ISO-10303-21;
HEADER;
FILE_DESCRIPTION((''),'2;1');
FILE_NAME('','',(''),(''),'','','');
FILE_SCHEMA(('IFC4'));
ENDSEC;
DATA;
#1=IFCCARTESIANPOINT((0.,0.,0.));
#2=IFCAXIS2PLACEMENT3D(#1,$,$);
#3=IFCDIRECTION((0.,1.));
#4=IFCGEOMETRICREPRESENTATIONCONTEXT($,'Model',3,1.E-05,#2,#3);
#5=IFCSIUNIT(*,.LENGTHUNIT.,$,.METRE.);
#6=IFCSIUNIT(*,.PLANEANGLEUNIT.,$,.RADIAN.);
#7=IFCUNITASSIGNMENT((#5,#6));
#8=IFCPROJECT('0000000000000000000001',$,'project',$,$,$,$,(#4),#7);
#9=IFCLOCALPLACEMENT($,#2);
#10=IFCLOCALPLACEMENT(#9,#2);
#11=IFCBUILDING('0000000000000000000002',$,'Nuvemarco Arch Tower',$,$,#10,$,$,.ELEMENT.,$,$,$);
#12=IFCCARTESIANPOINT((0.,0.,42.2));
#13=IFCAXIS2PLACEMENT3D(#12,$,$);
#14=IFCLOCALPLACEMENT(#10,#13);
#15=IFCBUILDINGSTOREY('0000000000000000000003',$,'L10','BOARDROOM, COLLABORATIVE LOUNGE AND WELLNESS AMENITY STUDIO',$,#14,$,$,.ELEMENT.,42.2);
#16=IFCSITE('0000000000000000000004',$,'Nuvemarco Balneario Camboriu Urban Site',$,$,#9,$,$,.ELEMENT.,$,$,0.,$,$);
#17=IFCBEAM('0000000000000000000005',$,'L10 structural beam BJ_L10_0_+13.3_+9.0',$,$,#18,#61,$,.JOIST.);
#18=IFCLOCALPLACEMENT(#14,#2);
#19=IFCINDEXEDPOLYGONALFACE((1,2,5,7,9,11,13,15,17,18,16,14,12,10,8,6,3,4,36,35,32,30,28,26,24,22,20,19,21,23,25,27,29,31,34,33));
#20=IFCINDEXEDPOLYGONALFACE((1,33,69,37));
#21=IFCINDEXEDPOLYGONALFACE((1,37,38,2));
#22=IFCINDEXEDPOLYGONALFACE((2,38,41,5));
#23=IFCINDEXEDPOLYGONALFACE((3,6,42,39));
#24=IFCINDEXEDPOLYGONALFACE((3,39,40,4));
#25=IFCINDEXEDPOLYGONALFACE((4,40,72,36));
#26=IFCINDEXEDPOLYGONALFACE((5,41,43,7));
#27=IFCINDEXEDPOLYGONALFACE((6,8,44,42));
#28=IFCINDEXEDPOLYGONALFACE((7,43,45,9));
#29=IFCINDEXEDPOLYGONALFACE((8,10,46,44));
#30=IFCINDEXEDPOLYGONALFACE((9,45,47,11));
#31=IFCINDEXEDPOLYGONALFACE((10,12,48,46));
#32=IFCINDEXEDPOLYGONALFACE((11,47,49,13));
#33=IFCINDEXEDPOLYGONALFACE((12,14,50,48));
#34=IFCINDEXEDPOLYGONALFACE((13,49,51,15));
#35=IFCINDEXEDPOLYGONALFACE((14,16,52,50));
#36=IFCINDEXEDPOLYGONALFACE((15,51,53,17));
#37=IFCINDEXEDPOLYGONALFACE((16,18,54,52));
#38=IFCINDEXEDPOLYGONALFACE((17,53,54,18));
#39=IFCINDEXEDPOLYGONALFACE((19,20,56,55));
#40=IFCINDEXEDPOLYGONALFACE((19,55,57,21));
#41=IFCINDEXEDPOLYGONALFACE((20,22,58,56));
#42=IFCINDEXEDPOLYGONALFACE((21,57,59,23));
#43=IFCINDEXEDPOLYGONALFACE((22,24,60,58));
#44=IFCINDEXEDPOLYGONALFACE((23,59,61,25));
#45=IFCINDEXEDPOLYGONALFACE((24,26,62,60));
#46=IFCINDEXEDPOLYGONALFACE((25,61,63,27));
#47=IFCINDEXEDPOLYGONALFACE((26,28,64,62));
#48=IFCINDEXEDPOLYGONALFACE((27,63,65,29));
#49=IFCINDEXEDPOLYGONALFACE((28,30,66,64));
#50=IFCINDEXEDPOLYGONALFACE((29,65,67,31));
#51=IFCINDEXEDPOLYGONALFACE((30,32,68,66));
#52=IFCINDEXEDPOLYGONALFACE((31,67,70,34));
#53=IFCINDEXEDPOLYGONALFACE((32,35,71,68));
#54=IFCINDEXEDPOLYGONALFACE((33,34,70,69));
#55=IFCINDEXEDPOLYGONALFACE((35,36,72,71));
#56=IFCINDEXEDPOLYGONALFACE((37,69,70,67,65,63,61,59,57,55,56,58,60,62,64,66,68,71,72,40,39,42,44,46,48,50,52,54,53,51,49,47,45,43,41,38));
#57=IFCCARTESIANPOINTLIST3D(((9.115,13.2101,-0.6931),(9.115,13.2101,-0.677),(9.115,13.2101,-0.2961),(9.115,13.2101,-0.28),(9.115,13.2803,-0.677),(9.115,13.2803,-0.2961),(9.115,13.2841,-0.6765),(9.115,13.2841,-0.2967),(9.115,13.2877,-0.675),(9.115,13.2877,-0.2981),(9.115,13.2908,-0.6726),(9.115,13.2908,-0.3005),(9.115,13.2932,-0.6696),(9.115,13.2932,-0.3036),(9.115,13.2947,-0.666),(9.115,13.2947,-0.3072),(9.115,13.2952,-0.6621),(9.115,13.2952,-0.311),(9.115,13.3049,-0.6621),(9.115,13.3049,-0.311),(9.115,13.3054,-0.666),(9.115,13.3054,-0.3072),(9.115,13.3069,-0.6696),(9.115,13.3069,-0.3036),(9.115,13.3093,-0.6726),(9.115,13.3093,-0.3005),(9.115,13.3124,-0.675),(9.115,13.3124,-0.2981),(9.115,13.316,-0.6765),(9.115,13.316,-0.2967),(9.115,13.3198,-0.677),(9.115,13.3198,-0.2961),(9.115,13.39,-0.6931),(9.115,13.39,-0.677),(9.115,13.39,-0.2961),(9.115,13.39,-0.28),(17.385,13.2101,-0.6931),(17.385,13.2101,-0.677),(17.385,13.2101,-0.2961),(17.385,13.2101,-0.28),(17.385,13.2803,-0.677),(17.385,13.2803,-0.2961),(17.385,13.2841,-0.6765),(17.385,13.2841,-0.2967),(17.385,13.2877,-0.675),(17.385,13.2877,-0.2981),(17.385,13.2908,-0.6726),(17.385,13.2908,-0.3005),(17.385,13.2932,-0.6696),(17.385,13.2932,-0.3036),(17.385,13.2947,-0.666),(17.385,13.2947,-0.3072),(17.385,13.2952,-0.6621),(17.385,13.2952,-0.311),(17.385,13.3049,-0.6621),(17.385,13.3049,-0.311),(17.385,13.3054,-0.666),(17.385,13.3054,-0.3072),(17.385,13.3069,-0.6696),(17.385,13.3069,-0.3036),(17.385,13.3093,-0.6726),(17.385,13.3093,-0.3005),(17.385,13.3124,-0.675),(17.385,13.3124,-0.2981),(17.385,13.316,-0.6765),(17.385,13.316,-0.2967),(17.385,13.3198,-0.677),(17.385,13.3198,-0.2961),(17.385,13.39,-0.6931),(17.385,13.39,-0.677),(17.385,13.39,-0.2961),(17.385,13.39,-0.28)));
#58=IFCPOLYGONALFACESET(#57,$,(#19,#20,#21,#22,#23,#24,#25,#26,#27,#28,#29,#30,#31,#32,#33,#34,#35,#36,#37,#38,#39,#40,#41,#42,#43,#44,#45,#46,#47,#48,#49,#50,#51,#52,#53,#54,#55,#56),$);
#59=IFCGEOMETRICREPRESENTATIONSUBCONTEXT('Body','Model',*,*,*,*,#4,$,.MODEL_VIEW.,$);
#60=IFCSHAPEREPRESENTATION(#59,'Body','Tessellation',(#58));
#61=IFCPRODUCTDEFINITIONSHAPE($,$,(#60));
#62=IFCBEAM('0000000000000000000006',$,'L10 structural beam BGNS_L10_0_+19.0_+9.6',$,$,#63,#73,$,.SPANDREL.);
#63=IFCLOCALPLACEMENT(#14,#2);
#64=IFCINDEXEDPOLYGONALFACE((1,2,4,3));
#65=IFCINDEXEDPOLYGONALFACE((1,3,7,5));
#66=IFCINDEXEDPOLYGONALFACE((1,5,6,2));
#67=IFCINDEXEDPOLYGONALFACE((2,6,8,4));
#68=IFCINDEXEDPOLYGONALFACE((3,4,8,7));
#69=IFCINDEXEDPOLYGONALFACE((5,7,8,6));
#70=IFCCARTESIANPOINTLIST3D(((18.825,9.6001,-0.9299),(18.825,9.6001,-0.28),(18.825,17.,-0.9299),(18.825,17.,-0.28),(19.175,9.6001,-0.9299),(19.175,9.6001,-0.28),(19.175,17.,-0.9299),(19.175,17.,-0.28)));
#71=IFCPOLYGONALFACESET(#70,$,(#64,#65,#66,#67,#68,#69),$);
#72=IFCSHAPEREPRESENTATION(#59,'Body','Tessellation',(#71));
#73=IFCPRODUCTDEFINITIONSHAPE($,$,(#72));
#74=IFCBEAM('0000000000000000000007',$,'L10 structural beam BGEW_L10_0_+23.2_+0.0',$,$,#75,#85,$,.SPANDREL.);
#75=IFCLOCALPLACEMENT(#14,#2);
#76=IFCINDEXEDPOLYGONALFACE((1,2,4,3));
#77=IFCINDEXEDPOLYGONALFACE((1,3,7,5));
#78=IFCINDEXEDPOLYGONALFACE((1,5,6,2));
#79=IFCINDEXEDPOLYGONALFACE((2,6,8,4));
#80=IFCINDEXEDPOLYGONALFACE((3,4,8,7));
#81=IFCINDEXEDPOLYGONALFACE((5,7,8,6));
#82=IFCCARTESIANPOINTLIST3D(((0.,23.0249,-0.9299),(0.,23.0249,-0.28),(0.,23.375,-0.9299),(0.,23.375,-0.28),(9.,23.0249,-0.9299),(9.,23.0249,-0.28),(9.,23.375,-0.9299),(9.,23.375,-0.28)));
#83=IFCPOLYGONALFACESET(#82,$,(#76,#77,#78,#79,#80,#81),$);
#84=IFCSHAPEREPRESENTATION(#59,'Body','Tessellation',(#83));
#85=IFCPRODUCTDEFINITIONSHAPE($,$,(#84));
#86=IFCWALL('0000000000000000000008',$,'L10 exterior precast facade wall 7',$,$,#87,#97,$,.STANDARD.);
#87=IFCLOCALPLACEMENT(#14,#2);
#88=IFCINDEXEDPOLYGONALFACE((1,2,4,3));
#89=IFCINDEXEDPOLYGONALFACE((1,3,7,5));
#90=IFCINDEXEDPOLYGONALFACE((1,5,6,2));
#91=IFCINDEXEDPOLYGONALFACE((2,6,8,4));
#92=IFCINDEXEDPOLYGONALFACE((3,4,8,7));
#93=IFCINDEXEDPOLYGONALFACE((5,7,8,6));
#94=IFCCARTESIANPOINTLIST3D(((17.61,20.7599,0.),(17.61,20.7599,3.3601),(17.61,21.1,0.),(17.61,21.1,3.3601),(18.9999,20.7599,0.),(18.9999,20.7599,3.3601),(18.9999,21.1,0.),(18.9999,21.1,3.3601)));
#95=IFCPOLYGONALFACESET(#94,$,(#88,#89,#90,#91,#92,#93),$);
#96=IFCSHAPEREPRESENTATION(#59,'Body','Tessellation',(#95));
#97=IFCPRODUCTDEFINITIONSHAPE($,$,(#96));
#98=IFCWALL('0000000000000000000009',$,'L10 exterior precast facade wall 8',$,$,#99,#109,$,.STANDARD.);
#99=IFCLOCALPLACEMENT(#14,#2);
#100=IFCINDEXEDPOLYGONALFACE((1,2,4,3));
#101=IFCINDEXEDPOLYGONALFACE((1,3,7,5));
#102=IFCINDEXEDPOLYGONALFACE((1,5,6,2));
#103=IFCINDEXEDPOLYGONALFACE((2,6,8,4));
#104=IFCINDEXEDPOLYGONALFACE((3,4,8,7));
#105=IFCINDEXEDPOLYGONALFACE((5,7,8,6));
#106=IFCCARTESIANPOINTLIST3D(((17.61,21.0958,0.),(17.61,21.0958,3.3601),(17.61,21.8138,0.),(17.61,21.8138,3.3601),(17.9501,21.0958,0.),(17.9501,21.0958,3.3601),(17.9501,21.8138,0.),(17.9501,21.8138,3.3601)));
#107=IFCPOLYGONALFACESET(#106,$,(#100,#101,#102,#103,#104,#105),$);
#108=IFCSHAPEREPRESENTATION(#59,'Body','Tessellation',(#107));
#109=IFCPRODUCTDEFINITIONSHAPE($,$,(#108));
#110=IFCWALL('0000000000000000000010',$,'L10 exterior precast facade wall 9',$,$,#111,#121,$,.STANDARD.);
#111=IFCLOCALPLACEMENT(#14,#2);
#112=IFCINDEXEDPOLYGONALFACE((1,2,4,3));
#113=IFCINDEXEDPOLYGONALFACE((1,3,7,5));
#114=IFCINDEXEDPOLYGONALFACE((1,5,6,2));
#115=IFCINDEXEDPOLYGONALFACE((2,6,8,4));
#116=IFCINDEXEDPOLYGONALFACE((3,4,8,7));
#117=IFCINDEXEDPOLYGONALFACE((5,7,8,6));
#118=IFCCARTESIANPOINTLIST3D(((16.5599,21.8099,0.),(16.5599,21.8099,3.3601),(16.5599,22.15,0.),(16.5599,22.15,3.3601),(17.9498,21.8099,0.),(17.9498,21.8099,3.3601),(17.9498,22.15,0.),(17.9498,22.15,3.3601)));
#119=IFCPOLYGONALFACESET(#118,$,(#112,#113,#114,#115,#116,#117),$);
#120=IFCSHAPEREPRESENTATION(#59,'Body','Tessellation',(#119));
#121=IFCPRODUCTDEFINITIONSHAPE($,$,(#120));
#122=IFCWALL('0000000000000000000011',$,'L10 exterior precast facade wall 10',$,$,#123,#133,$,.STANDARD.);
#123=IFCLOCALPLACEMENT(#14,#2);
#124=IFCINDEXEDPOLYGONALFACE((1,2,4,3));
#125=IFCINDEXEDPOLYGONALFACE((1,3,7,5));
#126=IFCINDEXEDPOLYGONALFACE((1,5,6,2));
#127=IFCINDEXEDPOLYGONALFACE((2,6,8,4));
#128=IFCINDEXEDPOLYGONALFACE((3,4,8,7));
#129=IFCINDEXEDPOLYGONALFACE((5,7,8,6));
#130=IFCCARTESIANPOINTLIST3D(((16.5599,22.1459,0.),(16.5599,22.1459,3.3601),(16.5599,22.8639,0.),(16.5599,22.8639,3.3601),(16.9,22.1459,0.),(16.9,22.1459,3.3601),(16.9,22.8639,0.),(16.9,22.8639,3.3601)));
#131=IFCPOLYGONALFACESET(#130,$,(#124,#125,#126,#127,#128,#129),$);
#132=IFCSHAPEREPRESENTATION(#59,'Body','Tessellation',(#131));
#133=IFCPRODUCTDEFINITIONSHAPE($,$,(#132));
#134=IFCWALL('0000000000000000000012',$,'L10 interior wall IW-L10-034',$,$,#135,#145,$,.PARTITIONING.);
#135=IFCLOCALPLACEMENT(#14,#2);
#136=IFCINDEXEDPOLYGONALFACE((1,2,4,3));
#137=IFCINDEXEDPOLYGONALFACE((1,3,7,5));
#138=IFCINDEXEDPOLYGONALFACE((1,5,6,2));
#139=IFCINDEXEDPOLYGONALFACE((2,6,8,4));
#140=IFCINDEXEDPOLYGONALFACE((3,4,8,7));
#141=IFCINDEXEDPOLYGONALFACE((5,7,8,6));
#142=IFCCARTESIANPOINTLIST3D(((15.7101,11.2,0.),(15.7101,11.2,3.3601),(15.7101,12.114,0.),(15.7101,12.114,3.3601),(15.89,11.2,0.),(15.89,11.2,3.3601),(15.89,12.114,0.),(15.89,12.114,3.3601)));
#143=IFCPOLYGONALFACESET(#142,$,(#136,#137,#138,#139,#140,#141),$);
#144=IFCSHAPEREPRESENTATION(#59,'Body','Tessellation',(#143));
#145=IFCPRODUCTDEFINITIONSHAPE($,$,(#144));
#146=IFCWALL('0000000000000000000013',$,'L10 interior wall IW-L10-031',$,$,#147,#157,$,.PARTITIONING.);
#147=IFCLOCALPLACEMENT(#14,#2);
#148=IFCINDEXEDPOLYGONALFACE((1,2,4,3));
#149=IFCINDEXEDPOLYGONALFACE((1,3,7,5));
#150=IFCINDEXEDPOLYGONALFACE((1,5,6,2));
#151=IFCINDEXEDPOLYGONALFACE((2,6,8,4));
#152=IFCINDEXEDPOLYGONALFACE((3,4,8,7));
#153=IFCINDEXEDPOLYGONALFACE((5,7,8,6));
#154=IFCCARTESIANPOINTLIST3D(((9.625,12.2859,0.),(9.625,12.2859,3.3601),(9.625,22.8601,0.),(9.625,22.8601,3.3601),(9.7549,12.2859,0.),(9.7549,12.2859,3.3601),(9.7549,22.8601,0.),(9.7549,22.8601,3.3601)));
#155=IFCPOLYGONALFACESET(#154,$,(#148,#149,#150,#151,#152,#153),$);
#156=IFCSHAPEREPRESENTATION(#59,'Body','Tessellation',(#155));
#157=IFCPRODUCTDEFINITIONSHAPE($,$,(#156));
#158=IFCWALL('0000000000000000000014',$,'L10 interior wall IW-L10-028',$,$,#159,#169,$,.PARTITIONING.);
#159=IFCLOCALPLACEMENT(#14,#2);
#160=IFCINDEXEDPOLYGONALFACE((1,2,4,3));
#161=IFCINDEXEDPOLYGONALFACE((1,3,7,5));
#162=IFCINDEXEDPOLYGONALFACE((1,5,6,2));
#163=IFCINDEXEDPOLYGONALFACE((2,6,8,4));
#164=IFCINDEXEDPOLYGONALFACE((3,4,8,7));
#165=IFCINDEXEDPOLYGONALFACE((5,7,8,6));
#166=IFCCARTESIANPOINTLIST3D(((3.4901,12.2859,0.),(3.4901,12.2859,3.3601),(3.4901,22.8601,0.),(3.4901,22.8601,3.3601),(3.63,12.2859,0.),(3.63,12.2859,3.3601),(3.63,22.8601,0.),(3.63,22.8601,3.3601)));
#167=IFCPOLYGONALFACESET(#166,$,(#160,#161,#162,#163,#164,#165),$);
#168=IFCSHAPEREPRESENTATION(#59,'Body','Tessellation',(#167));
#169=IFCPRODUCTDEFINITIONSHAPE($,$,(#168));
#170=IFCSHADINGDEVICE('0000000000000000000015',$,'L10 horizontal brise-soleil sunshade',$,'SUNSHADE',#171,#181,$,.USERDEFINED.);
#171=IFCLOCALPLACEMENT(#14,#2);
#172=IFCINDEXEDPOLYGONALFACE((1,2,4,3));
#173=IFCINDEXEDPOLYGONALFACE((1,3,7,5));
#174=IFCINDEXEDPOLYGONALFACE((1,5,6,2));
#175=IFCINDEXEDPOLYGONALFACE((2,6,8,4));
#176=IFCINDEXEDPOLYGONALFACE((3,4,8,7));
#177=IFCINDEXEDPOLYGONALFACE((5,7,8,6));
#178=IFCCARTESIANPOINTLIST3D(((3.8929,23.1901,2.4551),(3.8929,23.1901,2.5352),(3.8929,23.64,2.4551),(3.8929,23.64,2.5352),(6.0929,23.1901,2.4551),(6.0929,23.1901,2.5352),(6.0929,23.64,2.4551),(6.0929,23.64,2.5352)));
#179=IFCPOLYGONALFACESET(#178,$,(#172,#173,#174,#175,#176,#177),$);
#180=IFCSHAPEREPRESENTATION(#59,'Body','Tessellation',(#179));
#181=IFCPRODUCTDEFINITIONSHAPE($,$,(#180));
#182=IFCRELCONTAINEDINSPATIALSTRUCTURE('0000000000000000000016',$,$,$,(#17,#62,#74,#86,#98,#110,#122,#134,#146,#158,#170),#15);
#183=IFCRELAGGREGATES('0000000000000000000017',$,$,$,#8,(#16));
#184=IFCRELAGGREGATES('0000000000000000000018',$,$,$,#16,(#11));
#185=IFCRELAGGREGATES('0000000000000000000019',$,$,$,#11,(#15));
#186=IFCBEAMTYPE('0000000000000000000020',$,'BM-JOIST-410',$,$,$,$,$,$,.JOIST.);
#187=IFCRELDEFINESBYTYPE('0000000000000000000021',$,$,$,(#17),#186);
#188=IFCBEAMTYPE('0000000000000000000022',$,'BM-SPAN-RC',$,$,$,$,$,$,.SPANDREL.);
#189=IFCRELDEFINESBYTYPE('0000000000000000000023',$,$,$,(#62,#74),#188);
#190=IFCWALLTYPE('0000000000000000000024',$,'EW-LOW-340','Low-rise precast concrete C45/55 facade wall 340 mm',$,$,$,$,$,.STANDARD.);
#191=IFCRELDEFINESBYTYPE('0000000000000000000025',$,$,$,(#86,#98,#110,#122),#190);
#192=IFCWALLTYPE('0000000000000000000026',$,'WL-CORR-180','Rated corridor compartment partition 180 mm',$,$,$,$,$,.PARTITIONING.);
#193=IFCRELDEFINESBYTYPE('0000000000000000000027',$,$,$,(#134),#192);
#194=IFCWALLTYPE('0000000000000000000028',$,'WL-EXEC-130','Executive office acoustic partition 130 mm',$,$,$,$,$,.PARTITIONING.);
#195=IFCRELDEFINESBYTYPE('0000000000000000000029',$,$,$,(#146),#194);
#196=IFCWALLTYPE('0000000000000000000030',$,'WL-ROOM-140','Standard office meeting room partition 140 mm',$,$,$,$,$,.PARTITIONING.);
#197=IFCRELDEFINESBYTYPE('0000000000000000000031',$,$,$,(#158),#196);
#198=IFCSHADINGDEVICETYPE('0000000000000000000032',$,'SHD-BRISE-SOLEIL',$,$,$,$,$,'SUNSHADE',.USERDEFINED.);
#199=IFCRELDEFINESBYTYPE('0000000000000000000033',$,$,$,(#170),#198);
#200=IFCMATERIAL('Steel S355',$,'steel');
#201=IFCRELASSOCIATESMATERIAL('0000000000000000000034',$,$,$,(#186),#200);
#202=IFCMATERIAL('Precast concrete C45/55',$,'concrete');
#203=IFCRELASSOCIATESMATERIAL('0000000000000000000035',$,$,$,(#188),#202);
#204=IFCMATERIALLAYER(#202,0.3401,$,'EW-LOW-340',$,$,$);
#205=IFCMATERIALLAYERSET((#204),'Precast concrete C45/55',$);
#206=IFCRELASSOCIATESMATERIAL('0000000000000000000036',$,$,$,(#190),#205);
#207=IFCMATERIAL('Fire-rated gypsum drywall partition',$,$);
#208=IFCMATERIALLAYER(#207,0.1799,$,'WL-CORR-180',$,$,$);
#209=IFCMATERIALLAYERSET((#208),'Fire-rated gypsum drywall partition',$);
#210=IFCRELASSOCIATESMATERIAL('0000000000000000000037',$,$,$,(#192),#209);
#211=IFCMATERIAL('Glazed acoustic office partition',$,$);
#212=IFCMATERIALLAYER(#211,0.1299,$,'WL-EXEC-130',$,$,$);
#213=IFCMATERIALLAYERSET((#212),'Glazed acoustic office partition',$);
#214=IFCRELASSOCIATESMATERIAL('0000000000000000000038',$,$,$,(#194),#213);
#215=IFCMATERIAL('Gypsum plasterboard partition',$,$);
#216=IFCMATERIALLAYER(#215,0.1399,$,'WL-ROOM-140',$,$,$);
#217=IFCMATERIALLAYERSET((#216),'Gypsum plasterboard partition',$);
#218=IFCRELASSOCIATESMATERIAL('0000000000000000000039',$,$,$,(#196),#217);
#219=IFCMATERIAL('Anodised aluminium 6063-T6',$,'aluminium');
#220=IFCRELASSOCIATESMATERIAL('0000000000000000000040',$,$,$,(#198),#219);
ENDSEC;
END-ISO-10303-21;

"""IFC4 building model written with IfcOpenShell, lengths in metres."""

from ifc_helpers import new_model, si_unit, direction, frame, frame_2d, origin, origin_2d, place, context, subcontext, project, spatial, rectangle, i_section, extrude, source, transform, mapped, material, layer, layer_set, material_profile, profile_set, type_object, type_shapes, element, save


model = new_model("IFC4")

# Units and contexts
model_context = context("Model", 3, precision=1e-05, world=origin(), true_north=direction((0.0, 1.0)))
body_context = subcontext(model_context, "Body", "Model", "MODEL_VIEW")
ifc_project = project(units=[si_unit("LENGTHUNIT", "METRE"), si_unit("PLANEANGLEUNIT", "RADIAN")], contexts=[model_context])

# Site, building, storey
site_placement = place(None, origin())
site = spatial("IfcSite", under=ifc_project, at=site_placement, Name="Nuvemarco Balneario Camboriu Urban Site", CompositionType="ELEMENT", RefElevation=0.0)
building_placement = place(site_placement, origin())
building = spatial("IfcBuilding", under=site, at=building_placement, Name="Nuvemarco Arch Tower", CompositionType="ELEMENT")
storey_placement = place(building_placement, frame((0.0, 0.0, 42.2)))
storey = spatial("IfcBuildingStorey", under=building, at=storey_placement, Name="L10", Description="BOARDROOM, COLLABORATIVE LOUNGE AND WELLNESS AMENITY STUDIO", CompositionType="ELEMENT", Elevation=42.2)

# Shared definitions
ifc_material_1 = material(Name="Steel S355", Category="steel")

# Beams
ifc_material_profile_1 = material_profile(ifc_material_1, i_section(OverallWidth=0.1799, OverallDepth=0.4131, WebThickness=0.0098, FlangeThickness=0.0161, FilletRadius=0.0149, at=origin_2d()), Name="W410x75")
ifc_profile_set_1 = profile_set([ifc_material_profile_1], Name="Steel S355")
beam_type_1 = type_object("IfcBeamType", Name="BM-JOIST-410", PredefinedType="JOIST", material=ifc_profile_set_1)
beam_1_placement = place(storey_placement, frame((9.115, 13.3, -0.4866), z_axis=(1.0, 0.0, 0.0), x_axis=(0.0, 1.0, 0.0)))
element("IfcBeam", 1, at=beam_1_placement, inside=storey, type_object=beam_type_1, Name="L10 structural beam BJ_L10_0_+13.3_+9.0", PredefinedType="JOIST", context=body_context, shape_type="SweptSolid", body=[
    extrude(i_section(OverallWidth=0.1799, OverallDepth=0.4131, WebThickness=0.0098, FlangeThickness=0.0161, FilletRadius=0.0149, at=origin_2d()), origin(), (0.0, 0.0, 1.0), 8.27),
])
ifc_material_2 = material(Name="Precast concrete C45/55", Category="concrete")
ifc_material_profile_2 = material_profile(ifc_material_2, rectangle(XDim=0.3501, YDim=0.6499, at=origin_2d()), Name="PC-SP-350x650")
ifc_profile_set_2 = profile_set([ifc_material_profile_2], Name="Precast concrete C45/55")
beam_type_2 = type_object("IfcBeamType", Name="BM-SPAN-RC", PredefinedType="SPANDREL", material=ifc_profile_set_2)
beam_2_placement = place(storey_placement, frame((19.0, 9.6001, -0.605), z_axis=(0.0, 1.0, 0.0), x_axis=(-1.0, 0.0, 0.0)))
element("IfcBeam", 2, at=beam_2_placement, inside=storey, type_object=beam_type_2, Name="L10 structural beam BGNS_L10_0_+19.0_+9.6", PredefinedType="SPANDREL", context=body_context, shape_type="SweptSolid", body=[
    extrude(rectangle(XDim=0.3501, YDim=0.6499, at=origin_2d()), origin(), (0.0, 0.0, 1.0), 7.3999),
])
beam_3_placement = place(storey_placement, frame((0.0, 23.2, -0.605), z_axis=(1.0, 0.0, 0.0), x_axis=(0.0, 1.0, 0.0)))
element("IfcBeam", 3, at=beam_3_placement, inside=storey, type_object=beam_type_2, Name="L10 structural beam BGEW_L10_0_+23.2_+0.0", PredefinedType="SPANDREL", context=body_context, shape_type="SweptSolid", body=[
    extrude(rectangle(XDim=0.3501, YDim=0.6499, at=origin_2d()), origin(), (0.0, 0.0, 1.0), 9.0),
])

# Walls
ifc_layer_1 = layer(ifc_material_2, 0.3401, Name="EW-LOW-340")
ifc_layer_set_1 = layer_set([ifc_layer_1], Name="Precast concrete C45/55")
wall_type_1 = type_object("IfcWallType", Name="EW-LOW-340", Description="Low-rise precast concrete C45/55 facade wall 340 mm", PredefinedType="STANDARD", material=ifc_layer_set_1)
wall_1_placement = place(storey_placement, frame((17.6101, 20.9299, 0.0), z_axis=(0.0, 0.0, 1.0), x_axis=(1.0, 0.0, 0.0)))
element("IfcWall", 4, at=wall_1_placement, inside=storey, type_object=wall_type_1, Name="L10 exterior precast facade wall 7", PredefinedType="STANDARD", context=body_context, shape_type="SweptSolid", body=[
    extrude(rectangle(XDim=1.3899, YDim=0.3401, at=frame_2d((0.6948, 0.0))), origin(), (0.0, 0.0, 1.0), 3.3601),
])
wall_2_placement = place(storey_placement, frame((17.78, 21.0959, 0.0), z_axis=(0.0, 0.0, 1.0), x_axis=(0.0, 1.0, 0.0)))
element("IfcWall", 5, at=wall_2_placement, inside=storey, type_object=wall_type_1, Name="L10 exterior precast facade wall 8", PredefinedType="STANDARD", context=body_context, shape_type="SweptSolid", body=[
    extrude(rectangle(XDim=0.718, YDim=0.3401, at=frame_2d((0.3589, 0.0))), origin(), (0.0, 0.0, 1.0), 3.3601),
])
wall_3_placement = place(storey_placement, frame((16.5601, 21.98, 0.0), z_axis=(0.0, 0.0, 1.0), x_axis=(1.0, 0.0, 0.0)))
element("IfcWall", 6, at=wall_3_placement, inside=storey, type_object=wall_type_1, Name="L10 exterior precast facade wall 9", PredefinedType="STANDARD", context=body_context, shape_type="SweptSolid", body=[
    extrude(rectangle(XDim=1.3899, YDim=0.3401, at=frame_2d((0.6948, 0.0))), origin(), (0.0, 0.0, 1.0), 3.3601),
])
wall_4_placement = place(storey_placement, frame((16.73, 22.146, 0.0), z_axis=(0.0, 0.0, 1.0), x_axis=(0.0, 1.0, 0.0)))
element("IfcWall", 7, at=wall_4_placement, inside=storey, type_object=wall_type_1, Name="L10 exterior precast facade wall 10", PredefinedType="STANDARD", context=body_context, shape_type="SweptSolid", body=[
    extrude(rectangle(XDim=0.718, YDim=0.3401, at=frame_2d((0.3589, 0.0))), origin(), (0.0, 0.0, 1.0), 3.3601),
])
ifc_material_3 = material(Name="Fire-rated gypsum drywall partition")
ifc_layer_2 = layer(ifc_material_3, 0.1799, Name="WL-CORR-180")
ifc_layer_set_2 = layer_set([ifc_layer_2], Name="Fire-rated gypsum drywall partition")
wall_type_2 = type_object("IfcWallType", Name="WL-CORR-180", Description="Rated corridor compartment partition 180 mm", PredefinedType="PARTITIONING", material=ifc_layer_set_2)
wall_5_placement = place(storey_placement, frame((15.8, 11.2, 0.0), z_axis=(0.0, 0.0, 1.0), x_axis=(0.0, 1.0, 0.0)))
element("IfcWall", 8, at=wall_5_placement, inside=storey, type_object=wall_type_2, Name="L10 interior wall IW-L10-034", PredefinedType="PARTITIONING", context=body_context, shape_type="SweptSolid", body=[
    extrude(rectangle(XDim=0.9141, YDim=0.1799, at=frame_2d((0.457, 0.0))), origin(), (0.0, 0.0, 1.0), 3.3601),
])
ifc_material_4 = material(Name="Glazed acoustic office partition")
ifc_layer_3 = layer(ifc_material_4, 0.1299, Name="WL-EXEC-130")
ifc_layer_set_3 = layer_set([ifc_layer_3], Name="Glazed acoustic office partition")
wall_type_3 = type_object("IfcWallType", Name="WL-EXEC-130", Description="Executive office acoustic partition 130 mm", PredefinedType="PARTITIONING", material=ifc_layer_set_3)
wall_6_placement = place(storey_placement, frame((9.6899, 12.2859, 0.0), z_axis=(0.0, 0.0, 1.0), x_axis=(0.0, 1.0, 0.0)))
element("IfcWall", 9, at=wall_6_placement, inside=storey, type_object=wall_type_3, Name="L10 interior wall IW-L10-031", PredefinedType="PARTITIONING", context=body_context, shape_type="SweptSolid", body=[
    extrude(rectangle(XDim=10.5742, YDim=0.1299, at=frame_2d((5.2871, 0.0))), origin(), (0.0, 0.0, 1.0), 3.3601),
])
ifc_material_5 = material(Name="Gypsum plasterboard partition")
ifc_layer_4 = layer(ifc_material_5, 0.1399, Name="WL-ROOM-140")
ifc_layer_set_4 = layer_set([ifc_layer_4], Name="Gypsum plasterboard partition")
wall_type_4 = type_object("IfcWallType", Name="WL-ROOM-140", Description="Standard office meeting room partition 140 mm", PredefinedType="PARTITIONING", material=ifc_layer_set_4)
wall_7_placement = place(storey_placement, frame((3.5601, 12.2859, 0.0), z_axis=(0.0, 0.0, 1.0), x_axis=(0.0, 1.0, 0.0)))
element("IfcWall", 10, at=wall_7_placement, inside=storey, type_object=wall_type_4, Name="L10 interior wall IW-L10-028", PredefinedType="PARTITIONING", context=body_context, shape_type="SweptSolid", body=[
    extrude(rectangle(XDim=10.5742, YDim=0.1399, at=frame_2d((5.2871, 0.0))), origin(), (0.0, 0.0, 1.0), 3.3601),
])

# Shading device
ifc_material_6 = material(Name="Anodised aluminium 6063-T6", Category="aluminium")
shading_device_type_1 = type_object("IfcShadingDeviceType", Name="SHD-BRISE-SOLEIL", ElementType="SUNSHADE", PredefinedType="USERDEFINED", material=ifc_material_6)
shared_shape_1 = source(origin(), body_context, "Body", "SweptSolid", [
    extrude(rectangle(XDim=2.2, YDim=0.45, at=origin_2d()), origin(), (0.0, 0.0, 1.0), 0.0801),
])
type_shapes(shading_device_type_1, [shared_shape_1])
for number, where, z_axis, x_axis, name in (
    (11, (4.9929, 23.415, 2.4551), (0.0, 0.0, 1.0), (1.0, 0.0, 0.0), "L10 horizontal brise-soleil sunshade"),
):
    element("IfcShadingDevice", number, at=place(storey_placement, frame(where, z_axis=z_axis, x_axis=x_axis)), inside=storey, type_object=shading_device_type_1, Name=name, ObjectType="SUNSHADE", PredefinedType="USERDEFINED", context=body_context, shape_type="MappedRepresentation", body=[
        mapped(shared_shape_1, transform((0.0, 0.0, 0.0), scale=1.0)),
    ])

save(model, "model.ifc")
